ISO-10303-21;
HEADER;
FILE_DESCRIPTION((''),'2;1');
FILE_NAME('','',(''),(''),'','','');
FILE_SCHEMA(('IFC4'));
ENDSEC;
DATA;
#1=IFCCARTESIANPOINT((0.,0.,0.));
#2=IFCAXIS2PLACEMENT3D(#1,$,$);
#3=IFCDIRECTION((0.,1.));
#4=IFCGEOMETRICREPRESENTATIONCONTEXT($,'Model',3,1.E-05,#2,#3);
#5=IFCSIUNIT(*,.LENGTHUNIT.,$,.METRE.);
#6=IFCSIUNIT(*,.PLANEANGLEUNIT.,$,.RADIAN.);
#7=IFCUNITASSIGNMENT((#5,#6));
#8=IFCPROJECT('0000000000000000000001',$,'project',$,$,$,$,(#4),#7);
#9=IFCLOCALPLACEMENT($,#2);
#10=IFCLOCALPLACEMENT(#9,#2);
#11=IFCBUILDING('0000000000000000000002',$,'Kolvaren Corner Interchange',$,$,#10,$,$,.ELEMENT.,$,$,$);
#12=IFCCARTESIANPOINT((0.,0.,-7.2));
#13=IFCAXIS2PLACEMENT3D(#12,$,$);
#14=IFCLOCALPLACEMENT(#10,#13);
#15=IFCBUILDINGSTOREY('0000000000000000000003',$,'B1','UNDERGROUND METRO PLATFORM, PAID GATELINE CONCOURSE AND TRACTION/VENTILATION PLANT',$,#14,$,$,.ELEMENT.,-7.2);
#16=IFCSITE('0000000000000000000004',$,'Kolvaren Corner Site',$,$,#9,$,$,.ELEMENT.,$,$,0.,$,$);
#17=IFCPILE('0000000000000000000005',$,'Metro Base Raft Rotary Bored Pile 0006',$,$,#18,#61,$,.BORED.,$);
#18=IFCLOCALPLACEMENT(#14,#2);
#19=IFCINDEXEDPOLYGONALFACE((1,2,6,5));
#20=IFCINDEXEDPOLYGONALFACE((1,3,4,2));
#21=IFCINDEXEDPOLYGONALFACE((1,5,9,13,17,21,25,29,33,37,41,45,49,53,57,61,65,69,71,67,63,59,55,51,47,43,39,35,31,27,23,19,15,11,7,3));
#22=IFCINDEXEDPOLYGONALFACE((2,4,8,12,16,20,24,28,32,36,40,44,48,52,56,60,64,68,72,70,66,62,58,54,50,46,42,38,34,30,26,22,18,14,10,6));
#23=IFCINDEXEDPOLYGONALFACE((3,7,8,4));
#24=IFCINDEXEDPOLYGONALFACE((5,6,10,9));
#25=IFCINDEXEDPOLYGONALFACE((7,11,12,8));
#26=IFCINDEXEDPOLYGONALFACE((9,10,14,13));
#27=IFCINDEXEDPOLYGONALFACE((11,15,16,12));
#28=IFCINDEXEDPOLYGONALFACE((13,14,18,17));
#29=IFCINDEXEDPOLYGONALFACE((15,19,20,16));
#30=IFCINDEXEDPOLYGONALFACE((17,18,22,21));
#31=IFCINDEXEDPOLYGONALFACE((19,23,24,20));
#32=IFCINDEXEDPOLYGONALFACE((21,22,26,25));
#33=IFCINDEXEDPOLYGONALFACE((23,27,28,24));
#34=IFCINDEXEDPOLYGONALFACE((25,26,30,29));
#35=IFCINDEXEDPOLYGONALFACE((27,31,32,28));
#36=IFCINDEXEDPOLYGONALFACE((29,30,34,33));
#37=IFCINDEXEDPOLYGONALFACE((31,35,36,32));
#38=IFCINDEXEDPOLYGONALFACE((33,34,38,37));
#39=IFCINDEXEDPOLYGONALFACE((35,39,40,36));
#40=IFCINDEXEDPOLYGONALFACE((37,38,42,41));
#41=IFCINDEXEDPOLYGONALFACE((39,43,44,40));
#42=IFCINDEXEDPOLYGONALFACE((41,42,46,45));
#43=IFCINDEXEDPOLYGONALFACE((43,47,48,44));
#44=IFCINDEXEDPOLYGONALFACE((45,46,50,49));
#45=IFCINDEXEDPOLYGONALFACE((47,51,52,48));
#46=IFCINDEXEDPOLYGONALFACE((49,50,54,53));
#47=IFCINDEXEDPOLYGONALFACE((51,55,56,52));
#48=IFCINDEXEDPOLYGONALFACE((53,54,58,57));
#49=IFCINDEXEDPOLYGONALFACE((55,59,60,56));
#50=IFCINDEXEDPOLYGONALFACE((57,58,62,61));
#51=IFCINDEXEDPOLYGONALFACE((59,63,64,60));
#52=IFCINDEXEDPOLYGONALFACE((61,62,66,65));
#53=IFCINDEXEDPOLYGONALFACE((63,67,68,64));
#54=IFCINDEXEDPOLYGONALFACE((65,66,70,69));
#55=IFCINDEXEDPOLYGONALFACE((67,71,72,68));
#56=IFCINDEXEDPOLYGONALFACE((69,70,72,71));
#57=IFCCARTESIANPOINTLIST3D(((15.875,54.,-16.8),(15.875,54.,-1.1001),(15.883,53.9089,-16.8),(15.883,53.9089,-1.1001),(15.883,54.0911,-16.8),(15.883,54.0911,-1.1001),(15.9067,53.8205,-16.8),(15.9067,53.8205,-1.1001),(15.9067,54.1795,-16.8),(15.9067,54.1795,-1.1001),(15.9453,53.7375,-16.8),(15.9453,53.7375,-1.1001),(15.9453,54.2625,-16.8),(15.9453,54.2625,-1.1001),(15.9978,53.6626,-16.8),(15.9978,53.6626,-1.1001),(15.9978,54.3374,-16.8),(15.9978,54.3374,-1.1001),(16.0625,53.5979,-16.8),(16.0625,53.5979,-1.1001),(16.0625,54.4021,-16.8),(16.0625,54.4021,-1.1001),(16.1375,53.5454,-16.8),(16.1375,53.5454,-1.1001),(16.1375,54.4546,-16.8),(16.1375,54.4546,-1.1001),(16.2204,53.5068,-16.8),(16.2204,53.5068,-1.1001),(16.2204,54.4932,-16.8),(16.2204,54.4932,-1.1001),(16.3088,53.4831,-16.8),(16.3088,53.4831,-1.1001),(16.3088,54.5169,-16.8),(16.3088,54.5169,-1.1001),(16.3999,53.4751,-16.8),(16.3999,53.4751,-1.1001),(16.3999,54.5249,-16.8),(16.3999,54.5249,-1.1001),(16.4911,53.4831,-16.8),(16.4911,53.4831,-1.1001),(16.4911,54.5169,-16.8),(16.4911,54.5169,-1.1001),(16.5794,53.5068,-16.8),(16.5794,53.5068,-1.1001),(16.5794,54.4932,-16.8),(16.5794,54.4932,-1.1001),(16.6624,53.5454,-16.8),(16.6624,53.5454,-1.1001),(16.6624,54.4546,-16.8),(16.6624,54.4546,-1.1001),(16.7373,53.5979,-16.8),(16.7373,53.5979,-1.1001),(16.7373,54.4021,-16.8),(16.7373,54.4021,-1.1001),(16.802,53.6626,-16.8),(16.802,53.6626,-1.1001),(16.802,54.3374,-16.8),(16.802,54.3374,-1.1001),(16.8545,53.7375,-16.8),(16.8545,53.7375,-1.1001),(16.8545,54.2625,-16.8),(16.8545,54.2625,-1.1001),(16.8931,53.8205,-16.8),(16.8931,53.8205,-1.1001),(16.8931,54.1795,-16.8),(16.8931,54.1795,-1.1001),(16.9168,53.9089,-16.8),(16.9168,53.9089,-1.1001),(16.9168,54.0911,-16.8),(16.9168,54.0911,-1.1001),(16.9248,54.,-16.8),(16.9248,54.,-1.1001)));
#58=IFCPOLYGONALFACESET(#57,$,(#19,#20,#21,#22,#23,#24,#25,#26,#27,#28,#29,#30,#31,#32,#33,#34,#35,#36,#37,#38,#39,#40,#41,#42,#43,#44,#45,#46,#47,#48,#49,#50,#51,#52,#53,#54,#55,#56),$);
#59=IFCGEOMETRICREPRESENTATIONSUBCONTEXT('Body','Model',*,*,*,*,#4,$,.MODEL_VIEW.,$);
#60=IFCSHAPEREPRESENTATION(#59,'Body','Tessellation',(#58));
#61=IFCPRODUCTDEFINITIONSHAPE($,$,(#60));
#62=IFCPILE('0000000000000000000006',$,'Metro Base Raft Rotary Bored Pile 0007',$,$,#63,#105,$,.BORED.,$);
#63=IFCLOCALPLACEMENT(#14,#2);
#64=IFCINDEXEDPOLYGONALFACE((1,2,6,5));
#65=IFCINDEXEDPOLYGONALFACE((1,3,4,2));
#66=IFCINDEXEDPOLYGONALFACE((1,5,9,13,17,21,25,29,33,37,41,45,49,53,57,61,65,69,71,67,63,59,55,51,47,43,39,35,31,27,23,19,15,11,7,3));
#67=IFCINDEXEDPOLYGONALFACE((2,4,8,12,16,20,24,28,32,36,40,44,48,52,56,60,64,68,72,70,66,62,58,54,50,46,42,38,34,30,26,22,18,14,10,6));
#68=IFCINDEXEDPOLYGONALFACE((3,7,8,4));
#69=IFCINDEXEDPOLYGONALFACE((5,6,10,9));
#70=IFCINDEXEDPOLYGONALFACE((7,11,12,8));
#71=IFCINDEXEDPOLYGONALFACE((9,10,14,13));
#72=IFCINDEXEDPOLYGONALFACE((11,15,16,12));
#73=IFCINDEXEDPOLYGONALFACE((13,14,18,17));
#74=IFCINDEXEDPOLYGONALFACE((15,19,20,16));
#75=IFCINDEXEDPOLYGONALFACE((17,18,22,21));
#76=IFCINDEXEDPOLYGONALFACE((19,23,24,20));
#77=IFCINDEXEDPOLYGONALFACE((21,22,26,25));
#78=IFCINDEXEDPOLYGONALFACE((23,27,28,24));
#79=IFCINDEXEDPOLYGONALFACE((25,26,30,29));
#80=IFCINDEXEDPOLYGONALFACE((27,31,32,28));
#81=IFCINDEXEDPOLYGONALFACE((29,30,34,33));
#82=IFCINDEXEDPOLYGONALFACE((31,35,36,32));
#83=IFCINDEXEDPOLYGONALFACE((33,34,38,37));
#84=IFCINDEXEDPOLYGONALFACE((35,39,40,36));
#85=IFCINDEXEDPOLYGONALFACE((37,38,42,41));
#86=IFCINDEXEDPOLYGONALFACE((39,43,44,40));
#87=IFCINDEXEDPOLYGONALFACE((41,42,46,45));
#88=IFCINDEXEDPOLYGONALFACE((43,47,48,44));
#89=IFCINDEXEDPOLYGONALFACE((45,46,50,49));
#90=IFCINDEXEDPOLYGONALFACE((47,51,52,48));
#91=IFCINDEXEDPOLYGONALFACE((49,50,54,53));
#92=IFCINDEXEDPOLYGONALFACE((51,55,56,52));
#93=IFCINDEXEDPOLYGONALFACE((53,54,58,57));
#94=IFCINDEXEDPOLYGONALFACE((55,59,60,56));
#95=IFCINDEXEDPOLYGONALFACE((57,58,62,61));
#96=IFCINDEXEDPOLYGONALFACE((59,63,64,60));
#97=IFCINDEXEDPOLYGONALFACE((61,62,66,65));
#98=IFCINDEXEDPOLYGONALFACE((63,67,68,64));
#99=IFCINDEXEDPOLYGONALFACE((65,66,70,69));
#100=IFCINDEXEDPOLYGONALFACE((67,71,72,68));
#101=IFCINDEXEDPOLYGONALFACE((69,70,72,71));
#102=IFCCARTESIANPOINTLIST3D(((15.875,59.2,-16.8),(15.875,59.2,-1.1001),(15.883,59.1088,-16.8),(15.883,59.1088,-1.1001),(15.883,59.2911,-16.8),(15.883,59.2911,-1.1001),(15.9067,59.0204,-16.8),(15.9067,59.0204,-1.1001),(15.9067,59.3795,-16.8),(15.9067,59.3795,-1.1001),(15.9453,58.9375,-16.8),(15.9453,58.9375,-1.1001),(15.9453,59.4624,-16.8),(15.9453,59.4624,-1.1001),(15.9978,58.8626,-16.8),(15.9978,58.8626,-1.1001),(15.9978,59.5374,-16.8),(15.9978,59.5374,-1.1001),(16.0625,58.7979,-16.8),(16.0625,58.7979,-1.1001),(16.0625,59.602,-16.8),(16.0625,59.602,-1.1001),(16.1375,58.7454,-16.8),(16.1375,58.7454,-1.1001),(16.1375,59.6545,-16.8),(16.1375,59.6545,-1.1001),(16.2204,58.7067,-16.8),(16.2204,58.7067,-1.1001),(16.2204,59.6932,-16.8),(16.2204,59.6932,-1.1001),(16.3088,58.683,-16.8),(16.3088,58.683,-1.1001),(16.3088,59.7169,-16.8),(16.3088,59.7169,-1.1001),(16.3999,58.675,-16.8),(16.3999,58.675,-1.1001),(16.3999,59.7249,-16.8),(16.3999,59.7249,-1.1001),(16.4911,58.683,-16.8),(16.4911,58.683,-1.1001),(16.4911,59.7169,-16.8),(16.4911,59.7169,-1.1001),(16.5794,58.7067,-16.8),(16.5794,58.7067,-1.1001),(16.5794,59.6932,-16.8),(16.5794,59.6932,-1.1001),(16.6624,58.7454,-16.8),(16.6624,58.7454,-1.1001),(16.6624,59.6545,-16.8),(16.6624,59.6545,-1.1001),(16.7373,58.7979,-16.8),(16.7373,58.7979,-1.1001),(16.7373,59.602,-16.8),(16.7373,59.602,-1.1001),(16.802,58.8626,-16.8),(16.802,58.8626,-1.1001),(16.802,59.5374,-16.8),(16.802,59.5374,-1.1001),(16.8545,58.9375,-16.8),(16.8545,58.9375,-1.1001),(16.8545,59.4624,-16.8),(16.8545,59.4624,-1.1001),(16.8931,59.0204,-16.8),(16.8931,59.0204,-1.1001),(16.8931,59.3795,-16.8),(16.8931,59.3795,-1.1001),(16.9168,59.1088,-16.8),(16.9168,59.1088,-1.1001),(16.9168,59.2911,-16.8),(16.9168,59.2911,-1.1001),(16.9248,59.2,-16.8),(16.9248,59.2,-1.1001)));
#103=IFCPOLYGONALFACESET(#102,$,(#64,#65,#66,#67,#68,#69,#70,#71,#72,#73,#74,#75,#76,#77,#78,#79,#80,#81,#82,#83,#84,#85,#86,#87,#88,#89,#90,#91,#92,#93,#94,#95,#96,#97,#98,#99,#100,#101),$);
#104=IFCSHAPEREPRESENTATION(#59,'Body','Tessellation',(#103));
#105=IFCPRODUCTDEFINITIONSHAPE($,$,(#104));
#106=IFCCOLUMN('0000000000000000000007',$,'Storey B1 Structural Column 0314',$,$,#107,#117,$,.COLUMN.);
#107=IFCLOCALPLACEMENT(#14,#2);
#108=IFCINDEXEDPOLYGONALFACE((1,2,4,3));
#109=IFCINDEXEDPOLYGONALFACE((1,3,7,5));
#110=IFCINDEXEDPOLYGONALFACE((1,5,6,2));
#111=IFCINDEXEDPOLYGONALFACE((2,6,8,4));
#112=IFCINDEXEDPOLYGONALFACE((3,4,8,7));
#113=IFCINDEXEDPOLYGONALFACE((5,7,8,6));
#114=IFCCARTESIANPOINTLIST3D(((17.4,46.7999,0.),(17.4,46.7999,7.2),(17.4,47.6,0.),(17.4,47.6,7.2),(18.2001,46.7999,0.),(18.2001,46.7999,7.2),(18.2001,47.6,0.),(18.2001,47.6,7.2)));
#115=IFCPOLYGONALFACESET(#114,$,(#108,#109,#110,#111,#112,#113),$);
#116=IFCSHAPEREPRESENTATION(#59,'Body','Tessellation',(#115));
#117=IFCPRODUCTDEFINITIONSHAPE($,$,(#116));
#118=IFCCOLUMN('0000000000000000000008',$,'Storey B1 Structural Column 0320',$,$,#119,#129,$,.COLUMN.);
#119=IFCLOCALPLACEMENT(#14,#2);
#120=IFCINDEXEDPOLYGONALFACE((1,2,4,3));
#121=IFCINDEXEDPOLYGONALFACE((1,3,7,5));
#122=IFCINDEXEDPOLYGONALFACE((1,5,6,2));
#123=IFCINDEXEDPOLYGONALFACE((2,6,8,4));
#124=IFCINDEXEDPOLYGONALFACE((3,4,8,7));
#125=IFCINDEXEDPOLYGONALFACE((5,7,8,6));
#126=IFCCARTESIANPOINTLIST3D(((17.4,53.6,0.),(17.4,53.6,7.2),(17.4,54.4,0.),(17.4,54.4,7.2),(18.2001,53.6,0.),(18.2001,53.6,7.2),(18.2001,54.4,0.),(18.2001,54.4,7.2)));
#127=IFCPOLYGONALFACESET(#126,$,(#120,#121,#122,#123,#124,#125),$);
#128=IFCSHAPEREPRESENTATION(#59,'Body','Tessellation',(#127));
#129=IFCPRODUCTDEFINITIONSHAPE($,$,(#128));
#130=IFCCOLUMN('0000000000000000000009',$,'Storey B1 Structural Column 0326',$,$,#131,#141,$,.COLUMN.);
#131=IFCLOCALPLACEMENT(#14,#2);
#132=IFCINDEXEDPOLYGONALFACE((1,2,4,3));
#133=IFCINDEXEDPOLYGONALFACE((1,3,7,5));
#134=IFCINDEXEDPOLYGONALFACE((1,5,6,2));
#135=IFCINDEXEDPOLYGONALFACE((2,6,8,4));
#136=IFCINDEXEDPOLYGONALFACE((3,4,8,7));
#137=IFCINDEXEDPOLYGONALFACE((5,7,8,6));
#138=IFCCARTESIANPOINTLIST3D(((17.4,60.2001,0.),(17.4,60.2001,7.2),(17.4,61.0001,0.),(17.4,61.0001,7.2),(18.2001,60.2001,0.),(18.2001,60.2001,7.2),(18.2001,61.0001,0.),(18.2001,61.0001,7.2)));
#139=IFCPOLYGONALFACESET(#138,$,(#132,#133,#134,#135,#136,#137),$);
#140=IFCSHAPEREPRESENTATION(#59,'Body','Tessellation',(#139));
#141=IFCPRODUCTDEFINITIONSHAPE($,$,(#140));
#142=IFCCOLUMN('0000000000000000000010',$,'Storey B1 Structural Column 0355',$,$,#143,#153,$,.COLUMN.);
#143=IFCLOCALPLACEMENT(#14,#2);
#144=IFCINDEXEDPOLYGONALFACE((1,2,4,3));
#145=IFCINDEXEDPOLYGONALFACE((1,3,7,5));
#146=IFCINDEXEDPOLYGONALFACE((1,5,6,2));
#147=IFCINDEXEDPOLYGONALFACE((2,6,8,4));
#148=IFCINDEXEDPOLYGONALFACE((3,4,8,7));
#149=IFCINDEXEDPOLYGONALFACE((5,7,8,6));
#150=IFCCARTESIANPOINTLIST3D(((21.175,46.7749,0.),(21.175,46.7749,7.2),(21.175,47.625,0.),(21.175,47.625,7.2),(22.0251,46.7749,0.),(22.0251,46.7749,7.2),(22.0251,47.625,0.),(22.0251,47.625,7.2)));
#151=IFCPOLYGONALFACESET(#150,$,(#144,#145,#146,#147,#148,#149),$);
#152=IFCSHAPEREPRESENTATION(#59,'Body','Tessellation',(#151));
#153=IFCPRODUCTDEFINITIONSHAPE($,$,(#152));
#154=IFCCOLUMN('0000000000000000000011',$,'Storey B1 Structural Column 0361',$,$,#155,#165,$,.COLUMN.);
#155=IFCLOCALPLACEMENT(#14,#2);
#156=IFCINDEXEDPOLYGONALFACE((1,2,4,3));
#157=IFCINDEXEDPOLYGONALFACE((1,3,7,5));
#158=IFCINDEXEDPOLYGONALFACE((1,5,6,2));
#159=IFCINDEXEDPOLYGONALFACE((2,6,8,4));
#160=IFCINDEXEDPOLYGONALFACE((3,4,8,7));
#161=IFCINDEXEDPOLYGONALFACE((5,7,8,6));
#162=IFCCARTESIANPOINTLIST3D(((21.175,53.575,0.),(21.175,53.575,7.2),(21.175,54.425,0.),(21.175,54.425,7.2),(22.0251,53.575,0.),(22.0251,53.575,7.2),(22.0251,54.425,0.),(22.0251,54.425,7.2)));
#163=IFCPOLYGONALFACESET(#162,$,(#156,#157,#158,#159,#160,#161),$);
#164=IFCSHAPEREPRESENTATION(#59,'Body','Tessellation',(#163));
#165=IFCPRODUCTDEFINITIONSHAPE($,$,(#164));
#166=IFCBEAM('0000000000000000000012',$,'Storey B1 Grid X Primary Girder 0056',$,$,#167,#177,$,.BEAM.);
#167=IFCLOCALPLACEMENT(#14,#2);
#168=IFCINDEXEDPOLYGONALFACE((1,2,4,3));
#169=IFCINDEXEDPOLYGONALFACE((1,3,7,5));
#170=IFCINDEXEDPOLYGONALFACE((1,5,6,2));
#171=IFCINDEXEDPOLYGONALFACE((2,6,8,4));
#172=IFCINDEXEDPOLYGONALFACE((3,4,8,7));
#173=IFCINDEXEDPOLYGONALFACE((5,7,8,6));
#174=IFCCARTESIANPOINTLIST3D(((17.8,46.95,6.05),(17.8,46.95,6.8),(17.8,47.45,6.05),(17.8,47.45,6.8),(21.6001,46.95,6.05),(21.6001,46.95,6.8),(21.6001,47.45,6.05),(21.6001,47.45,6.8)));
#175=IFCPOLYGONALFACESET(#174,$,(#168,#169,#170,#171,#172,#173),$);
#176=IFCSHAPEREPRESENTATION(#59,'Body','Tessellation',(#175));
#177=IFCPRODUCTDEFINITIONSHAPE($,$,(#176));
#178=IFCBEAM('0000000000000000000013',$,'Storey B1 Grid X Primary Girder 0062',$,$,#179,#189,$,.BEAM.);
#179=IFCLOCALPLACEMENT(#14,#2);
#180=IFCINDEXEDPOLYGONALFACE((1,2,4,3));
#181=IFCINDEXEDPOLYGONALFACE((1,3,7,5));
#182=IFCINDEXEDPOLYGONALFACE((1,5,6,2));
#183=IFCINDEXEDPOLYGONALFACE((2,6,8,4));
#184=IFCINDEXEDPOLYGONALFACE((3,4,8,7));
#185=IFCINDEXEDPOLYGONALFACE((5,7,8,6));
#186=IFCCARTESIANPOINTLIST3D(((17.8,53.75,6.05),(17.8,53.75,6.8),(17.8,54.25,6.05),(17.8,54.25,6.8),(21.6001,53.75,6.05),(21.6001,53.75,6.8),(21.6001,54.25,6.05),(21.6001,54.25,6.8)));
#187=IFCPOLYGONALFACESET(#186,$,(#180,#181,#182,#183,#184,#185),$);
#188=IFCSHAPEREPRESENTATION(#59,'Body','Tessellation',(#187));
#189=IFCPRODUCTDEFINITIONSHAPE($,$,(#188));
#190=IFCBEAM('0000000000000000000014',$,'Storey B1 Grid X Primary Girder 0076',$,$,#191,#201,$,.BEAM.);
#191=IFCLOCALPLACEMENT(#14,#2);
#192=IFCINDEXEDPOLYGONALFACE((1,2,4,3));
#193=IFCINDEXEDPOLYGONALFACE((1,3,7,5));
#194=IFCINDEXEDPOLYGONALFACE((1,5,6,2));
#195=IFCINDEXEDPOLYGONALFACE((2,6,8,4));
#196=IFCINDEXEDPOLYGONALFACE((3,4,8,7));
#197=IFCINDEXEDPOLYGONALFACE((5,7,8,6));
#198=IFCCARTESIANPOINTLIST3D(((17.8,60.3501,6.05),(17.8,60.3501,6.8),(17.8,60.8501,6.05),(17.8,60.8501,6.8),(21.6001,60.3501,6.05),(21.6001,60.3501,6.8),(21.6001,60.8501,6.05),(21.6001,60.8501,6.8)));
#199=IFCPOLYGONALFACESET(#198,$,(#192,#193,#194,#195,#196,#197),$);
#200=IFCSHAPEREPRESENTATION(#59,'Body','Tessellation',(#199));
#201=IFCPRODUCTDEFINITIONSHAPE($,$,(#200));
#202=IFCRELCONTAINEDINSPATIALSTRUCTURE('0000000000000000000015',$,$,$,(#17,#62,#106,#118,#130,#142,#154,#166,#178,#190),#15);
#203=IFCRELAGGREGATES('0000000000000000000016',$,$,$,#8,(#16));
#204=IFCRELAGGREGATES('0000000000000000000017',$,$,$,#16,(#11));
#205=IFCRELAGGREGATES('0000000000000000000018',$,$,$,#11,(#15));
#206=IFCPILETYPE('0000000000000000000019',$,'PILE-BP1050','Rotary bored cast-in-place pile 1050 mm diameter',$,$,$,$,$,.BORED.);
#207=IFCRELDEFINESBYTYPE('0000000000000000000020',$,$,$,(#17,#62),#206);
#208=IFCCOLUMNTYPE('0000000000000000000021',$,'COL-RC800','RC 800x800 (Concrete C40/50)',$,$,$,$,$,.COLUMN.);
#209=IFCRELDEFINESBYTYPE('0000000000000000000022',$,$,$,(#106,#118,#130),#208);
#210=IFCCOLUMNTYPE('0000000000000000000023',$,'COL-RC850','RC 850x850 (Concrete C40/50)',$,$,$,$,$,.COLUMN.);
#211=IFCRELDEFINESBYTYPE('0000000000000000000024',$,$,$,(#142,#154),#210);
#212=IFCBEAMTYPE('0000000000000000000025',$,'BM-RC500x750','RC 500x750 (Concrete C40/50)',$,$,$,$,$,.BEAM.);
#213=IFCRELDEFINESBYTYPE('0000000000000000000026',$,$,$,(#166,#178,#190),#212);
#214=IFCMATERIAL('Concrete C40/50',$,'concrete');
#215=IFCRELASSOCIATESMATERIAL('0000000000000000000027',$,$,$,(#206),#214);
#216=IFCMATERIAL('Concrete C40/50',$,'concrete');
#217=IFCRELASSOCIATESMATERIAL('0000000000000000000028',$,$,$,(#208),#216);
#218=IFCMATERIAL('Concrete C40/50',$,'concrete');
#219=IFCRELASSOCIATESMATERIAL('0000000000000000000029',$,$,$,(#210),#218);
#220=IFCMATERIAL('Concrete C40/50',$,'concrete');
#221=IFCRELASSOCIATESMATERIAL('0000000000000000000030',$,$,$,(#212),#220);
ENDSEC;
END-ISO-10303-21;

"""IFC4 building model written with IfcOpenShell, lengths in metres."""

from ifc_helpers import new_model, si_unit, direction, frame, origin, origin_2d, place, context, subcontext, project, spatial, rectangle, circle, extrude, material, material_profile, profile_set, type_object, element, save


model = new_model("IFC4")

# Units and contexts
model_context = context("Model", 3, precision=1e-05, world=origin(), true_north=direction((0.0, 1.0)))
body_context = subcontext(model_context, "Body", "Model", "MODEL_VIEW")
ifc_project = project(units=[si_unit("LENGTHUNIT", "METRE"), si_unit("PLANEANGLEUNIT", "RADIAN")], contexts=[model_context])

# Site, building, storey
site_placement = place(None, origin())
site = spatial("IfcSite", under=ifc_project, at=site_placement, Name="Kolvaren Corner Site", CompositionType="ELEMENT", RefElevation=0.0)
building_placement = place(site_placement, origin())
building = spatial("IfcBuilding", under=site, at=building_placement, Name="Kolvaren Corner Interchange", CompositionType="ELEMENT")
storey_placement = place(building_placement, frame((0.0, 0.0, -7.2)))
storey = spatial("IfcBuildingStorey", under=building, at=storey_placement, Name="B1", Description="UNDERGROUND METRO PLATFORM, PAID GATELINE CONCOURSE AND TRACTION/VENTILATION PLANT", CompositionType="ELEMENT", Elevation=-7.2)

# Piles
ifc_material_1 = material(Name="Concrete C40/50", Category="concrete")
ifc_material_profile_1 = material_profile(ifc_material_1, circle(Radius=0.5249, at=origin_2d()), Name="BORED PILE 1050")
ifc_profile_set_1 = profile_set([ifc_material_profile_1], Name="Concrete C40/50")
pile_type = type_object("IfcPileType", Name="PILE-BP1050", Description="Rotary bored cast-in-place pile 1050 mm diameter", PredefinedType="BORED", material=ifc_profile_set_1)
for number, where, z_axis, x_axis, name in (
    (1, (16.3999, 54.0, -1.1001), (0.0, 0.0, -1.0), (1.0, 0.0, 0.0), "Metro Base Raft Rotary Bored Pile 0006"),
    (2, (16.3999, 59.2, -1.1001), (0.0, 0.0, -1.0), (1.0, 0.0, 0.0), "Metro Base Raft Rotary Bored Pile 0007"),
):
    element("IfcPile", number, at=place(storey_placement, frame(where, z_axis=z_axis, x_axis=x_axis)), inside=storey, type_object=pile_type, Name=name, PredefinedType="BORED", context=body_context, shape_type="SweptSolid", body=[
        extrude(circle(Radius=0.5249, at=origin_2d()), origin(), (0.0, 0.0, 1.0), 15.7),
    ])

# Columns
ifc_material_2 = material(Name="Concrete C40/50", Category="concrete")
ifc_material_profile_2 = material_profile(ifc_material_2, rectangle(XDim=0.8, YDim=0.8, at=origin_2d()), Name="RC 800x800")
ifc_profile_set_2 = profile_set([ifc_material_profile_2], Name="Concrete C40/50")
column_type_1 = type_object("IfcColumnType", Name="COL-RC800", Description="RC 800x800 (Concrete C40/50)", PredefinedType="COLUMN", material=ifc_profile_set_2)
for number, where, z_axis, x_axis, name in (
    (3, (17.8, 47.2, 0.0), (0.0, 0.0, 1.0), (1.0, 0.0, 0.0), "Storey B1 Structural Column 0314"),
    (4, (17.8, 54.0, 0.0), (0.0, 0.0, 1.0), (1.0, 0.0, 0.0), "Storey B1 Structural Column 0320"),
    (5, (17.8, 60.6001, 0.0), (0.0, 0.0, 1.0), (1.0, 0.0, 0.0), "Storey B1 Structural Column 0326"),
):
    element("IfcColumn", number, at=place(storey_placement, frame(where, z_axis=z_axis, x_axis=x_axis)), inside=storey, type_object=column_type_1, Name=name, PredefinedType="COLUMN", context=body_context, shape_type="SweptSolid", body=[
        extrude(rectangle(XDim=0.8, YDim=0.8, at=origin_2d()), origin(), (0.0, 0.0, 1.0), 7.2),
    ])
ifc_material_3 = material(Name="Concrete C40/50", Category="concrete")
ifc_material_profile_3 = material_profile(ifc_material_3, rectangle(XDim=0.8501, YDim=0.8501, at=origin_2d()), Name="RC 850x850")
ifc_profile_set_3 = profile_set([ifc_material_profile_3], Name="Concrete C40/50")
column_type_2 = type_object("IfcColumnType", Name="COL-RC850", Description="RC 850x850 (Concrete C40/50)", PredefinedType="COLUMN", material=ifc_profile_set_3)
for number, where, z_axis, x_axis, name in (
    (6, (21.6001, 47.2, 0.0), (0.0, 0.0, 1.0), (1.0, 0.0, 0.0), "Storey B1 Structural Column 0355"),
    (7, (21.6001, 54.0, 0.0), (0.0, 0.0, 1.0), (1.0, 0.0, 0.0), "Storey B1 Structural Column 0361"),
):
    element("IfcColumn", number, at=place(storey_placement, frame(where, z_axis=z_axis, x_axis=x_axis)), inside=storey, type_object=column_type_2, Name=name, PredefinedType="COLUMN", context=body_context, shape_type="SweptSolid", body=[
        extrude(rectangle(XDim=0.8501, YDim=0.8501, at=origin_2d()), origin(), (0.0, 0.0, 1.0), 7.2),
    ])

# Beams
ifc_material_4 = material(Name="Concrete C40/50", Category="concrete")
ifc_material_profile_4 = material_profile(ifc_material_4, rectangle(XDim=0.5, YDim=0.75, at=origin_2d()), Name="RC 500x750")
ifc_profile_set_4 = profile_set([ifc_material_profile_4], Name="Concrete C40/50")
beam_type_1 = type_object("IfcBeamType", Name="BM-RC500x750", Description="RC 500x750 (Concrete C40/50)", PredefinedType="BEAM", material=ifc_profile_set_4)
for number, where, z_axis, x_axis, name in (
    (8, (17.8, 47.2, 6.425), (1.0, 0.0, 0.0), (0.0, 1.0, 0.0), "Storey B1 Grid X Primary Girder 0056"),
    (9, (17.8, 54.0, 6.425), (1.0, 0.0, 0.0), (0.0, 1.0, 0.0), "Storey B1 Grid X Primary Girder 0062"),
    (10, (17.8, 60.6001, 6.425), (1.0, 0.0, 0.0), (0.0, 1.0, 0.0), "Storey B1 Grid X Primary Girder 0076"),
):
    element("IfcBeam", number, at=place(storey_placement, frame(where, z_axis=z_axis, x_axis=x_axis)), inside=storey, type_object=beam_type_1, Name=name, PredefinedType="BEAM", context=body_context, shape_type="SweptSolid", body=[
        extrude(rectangle(XDim=0.5, YDim=0.75, at=origin_2d()), origin(), (0.0, 0.0, 1.0), 3.8),
    ])

save(model, "model.ifc")
